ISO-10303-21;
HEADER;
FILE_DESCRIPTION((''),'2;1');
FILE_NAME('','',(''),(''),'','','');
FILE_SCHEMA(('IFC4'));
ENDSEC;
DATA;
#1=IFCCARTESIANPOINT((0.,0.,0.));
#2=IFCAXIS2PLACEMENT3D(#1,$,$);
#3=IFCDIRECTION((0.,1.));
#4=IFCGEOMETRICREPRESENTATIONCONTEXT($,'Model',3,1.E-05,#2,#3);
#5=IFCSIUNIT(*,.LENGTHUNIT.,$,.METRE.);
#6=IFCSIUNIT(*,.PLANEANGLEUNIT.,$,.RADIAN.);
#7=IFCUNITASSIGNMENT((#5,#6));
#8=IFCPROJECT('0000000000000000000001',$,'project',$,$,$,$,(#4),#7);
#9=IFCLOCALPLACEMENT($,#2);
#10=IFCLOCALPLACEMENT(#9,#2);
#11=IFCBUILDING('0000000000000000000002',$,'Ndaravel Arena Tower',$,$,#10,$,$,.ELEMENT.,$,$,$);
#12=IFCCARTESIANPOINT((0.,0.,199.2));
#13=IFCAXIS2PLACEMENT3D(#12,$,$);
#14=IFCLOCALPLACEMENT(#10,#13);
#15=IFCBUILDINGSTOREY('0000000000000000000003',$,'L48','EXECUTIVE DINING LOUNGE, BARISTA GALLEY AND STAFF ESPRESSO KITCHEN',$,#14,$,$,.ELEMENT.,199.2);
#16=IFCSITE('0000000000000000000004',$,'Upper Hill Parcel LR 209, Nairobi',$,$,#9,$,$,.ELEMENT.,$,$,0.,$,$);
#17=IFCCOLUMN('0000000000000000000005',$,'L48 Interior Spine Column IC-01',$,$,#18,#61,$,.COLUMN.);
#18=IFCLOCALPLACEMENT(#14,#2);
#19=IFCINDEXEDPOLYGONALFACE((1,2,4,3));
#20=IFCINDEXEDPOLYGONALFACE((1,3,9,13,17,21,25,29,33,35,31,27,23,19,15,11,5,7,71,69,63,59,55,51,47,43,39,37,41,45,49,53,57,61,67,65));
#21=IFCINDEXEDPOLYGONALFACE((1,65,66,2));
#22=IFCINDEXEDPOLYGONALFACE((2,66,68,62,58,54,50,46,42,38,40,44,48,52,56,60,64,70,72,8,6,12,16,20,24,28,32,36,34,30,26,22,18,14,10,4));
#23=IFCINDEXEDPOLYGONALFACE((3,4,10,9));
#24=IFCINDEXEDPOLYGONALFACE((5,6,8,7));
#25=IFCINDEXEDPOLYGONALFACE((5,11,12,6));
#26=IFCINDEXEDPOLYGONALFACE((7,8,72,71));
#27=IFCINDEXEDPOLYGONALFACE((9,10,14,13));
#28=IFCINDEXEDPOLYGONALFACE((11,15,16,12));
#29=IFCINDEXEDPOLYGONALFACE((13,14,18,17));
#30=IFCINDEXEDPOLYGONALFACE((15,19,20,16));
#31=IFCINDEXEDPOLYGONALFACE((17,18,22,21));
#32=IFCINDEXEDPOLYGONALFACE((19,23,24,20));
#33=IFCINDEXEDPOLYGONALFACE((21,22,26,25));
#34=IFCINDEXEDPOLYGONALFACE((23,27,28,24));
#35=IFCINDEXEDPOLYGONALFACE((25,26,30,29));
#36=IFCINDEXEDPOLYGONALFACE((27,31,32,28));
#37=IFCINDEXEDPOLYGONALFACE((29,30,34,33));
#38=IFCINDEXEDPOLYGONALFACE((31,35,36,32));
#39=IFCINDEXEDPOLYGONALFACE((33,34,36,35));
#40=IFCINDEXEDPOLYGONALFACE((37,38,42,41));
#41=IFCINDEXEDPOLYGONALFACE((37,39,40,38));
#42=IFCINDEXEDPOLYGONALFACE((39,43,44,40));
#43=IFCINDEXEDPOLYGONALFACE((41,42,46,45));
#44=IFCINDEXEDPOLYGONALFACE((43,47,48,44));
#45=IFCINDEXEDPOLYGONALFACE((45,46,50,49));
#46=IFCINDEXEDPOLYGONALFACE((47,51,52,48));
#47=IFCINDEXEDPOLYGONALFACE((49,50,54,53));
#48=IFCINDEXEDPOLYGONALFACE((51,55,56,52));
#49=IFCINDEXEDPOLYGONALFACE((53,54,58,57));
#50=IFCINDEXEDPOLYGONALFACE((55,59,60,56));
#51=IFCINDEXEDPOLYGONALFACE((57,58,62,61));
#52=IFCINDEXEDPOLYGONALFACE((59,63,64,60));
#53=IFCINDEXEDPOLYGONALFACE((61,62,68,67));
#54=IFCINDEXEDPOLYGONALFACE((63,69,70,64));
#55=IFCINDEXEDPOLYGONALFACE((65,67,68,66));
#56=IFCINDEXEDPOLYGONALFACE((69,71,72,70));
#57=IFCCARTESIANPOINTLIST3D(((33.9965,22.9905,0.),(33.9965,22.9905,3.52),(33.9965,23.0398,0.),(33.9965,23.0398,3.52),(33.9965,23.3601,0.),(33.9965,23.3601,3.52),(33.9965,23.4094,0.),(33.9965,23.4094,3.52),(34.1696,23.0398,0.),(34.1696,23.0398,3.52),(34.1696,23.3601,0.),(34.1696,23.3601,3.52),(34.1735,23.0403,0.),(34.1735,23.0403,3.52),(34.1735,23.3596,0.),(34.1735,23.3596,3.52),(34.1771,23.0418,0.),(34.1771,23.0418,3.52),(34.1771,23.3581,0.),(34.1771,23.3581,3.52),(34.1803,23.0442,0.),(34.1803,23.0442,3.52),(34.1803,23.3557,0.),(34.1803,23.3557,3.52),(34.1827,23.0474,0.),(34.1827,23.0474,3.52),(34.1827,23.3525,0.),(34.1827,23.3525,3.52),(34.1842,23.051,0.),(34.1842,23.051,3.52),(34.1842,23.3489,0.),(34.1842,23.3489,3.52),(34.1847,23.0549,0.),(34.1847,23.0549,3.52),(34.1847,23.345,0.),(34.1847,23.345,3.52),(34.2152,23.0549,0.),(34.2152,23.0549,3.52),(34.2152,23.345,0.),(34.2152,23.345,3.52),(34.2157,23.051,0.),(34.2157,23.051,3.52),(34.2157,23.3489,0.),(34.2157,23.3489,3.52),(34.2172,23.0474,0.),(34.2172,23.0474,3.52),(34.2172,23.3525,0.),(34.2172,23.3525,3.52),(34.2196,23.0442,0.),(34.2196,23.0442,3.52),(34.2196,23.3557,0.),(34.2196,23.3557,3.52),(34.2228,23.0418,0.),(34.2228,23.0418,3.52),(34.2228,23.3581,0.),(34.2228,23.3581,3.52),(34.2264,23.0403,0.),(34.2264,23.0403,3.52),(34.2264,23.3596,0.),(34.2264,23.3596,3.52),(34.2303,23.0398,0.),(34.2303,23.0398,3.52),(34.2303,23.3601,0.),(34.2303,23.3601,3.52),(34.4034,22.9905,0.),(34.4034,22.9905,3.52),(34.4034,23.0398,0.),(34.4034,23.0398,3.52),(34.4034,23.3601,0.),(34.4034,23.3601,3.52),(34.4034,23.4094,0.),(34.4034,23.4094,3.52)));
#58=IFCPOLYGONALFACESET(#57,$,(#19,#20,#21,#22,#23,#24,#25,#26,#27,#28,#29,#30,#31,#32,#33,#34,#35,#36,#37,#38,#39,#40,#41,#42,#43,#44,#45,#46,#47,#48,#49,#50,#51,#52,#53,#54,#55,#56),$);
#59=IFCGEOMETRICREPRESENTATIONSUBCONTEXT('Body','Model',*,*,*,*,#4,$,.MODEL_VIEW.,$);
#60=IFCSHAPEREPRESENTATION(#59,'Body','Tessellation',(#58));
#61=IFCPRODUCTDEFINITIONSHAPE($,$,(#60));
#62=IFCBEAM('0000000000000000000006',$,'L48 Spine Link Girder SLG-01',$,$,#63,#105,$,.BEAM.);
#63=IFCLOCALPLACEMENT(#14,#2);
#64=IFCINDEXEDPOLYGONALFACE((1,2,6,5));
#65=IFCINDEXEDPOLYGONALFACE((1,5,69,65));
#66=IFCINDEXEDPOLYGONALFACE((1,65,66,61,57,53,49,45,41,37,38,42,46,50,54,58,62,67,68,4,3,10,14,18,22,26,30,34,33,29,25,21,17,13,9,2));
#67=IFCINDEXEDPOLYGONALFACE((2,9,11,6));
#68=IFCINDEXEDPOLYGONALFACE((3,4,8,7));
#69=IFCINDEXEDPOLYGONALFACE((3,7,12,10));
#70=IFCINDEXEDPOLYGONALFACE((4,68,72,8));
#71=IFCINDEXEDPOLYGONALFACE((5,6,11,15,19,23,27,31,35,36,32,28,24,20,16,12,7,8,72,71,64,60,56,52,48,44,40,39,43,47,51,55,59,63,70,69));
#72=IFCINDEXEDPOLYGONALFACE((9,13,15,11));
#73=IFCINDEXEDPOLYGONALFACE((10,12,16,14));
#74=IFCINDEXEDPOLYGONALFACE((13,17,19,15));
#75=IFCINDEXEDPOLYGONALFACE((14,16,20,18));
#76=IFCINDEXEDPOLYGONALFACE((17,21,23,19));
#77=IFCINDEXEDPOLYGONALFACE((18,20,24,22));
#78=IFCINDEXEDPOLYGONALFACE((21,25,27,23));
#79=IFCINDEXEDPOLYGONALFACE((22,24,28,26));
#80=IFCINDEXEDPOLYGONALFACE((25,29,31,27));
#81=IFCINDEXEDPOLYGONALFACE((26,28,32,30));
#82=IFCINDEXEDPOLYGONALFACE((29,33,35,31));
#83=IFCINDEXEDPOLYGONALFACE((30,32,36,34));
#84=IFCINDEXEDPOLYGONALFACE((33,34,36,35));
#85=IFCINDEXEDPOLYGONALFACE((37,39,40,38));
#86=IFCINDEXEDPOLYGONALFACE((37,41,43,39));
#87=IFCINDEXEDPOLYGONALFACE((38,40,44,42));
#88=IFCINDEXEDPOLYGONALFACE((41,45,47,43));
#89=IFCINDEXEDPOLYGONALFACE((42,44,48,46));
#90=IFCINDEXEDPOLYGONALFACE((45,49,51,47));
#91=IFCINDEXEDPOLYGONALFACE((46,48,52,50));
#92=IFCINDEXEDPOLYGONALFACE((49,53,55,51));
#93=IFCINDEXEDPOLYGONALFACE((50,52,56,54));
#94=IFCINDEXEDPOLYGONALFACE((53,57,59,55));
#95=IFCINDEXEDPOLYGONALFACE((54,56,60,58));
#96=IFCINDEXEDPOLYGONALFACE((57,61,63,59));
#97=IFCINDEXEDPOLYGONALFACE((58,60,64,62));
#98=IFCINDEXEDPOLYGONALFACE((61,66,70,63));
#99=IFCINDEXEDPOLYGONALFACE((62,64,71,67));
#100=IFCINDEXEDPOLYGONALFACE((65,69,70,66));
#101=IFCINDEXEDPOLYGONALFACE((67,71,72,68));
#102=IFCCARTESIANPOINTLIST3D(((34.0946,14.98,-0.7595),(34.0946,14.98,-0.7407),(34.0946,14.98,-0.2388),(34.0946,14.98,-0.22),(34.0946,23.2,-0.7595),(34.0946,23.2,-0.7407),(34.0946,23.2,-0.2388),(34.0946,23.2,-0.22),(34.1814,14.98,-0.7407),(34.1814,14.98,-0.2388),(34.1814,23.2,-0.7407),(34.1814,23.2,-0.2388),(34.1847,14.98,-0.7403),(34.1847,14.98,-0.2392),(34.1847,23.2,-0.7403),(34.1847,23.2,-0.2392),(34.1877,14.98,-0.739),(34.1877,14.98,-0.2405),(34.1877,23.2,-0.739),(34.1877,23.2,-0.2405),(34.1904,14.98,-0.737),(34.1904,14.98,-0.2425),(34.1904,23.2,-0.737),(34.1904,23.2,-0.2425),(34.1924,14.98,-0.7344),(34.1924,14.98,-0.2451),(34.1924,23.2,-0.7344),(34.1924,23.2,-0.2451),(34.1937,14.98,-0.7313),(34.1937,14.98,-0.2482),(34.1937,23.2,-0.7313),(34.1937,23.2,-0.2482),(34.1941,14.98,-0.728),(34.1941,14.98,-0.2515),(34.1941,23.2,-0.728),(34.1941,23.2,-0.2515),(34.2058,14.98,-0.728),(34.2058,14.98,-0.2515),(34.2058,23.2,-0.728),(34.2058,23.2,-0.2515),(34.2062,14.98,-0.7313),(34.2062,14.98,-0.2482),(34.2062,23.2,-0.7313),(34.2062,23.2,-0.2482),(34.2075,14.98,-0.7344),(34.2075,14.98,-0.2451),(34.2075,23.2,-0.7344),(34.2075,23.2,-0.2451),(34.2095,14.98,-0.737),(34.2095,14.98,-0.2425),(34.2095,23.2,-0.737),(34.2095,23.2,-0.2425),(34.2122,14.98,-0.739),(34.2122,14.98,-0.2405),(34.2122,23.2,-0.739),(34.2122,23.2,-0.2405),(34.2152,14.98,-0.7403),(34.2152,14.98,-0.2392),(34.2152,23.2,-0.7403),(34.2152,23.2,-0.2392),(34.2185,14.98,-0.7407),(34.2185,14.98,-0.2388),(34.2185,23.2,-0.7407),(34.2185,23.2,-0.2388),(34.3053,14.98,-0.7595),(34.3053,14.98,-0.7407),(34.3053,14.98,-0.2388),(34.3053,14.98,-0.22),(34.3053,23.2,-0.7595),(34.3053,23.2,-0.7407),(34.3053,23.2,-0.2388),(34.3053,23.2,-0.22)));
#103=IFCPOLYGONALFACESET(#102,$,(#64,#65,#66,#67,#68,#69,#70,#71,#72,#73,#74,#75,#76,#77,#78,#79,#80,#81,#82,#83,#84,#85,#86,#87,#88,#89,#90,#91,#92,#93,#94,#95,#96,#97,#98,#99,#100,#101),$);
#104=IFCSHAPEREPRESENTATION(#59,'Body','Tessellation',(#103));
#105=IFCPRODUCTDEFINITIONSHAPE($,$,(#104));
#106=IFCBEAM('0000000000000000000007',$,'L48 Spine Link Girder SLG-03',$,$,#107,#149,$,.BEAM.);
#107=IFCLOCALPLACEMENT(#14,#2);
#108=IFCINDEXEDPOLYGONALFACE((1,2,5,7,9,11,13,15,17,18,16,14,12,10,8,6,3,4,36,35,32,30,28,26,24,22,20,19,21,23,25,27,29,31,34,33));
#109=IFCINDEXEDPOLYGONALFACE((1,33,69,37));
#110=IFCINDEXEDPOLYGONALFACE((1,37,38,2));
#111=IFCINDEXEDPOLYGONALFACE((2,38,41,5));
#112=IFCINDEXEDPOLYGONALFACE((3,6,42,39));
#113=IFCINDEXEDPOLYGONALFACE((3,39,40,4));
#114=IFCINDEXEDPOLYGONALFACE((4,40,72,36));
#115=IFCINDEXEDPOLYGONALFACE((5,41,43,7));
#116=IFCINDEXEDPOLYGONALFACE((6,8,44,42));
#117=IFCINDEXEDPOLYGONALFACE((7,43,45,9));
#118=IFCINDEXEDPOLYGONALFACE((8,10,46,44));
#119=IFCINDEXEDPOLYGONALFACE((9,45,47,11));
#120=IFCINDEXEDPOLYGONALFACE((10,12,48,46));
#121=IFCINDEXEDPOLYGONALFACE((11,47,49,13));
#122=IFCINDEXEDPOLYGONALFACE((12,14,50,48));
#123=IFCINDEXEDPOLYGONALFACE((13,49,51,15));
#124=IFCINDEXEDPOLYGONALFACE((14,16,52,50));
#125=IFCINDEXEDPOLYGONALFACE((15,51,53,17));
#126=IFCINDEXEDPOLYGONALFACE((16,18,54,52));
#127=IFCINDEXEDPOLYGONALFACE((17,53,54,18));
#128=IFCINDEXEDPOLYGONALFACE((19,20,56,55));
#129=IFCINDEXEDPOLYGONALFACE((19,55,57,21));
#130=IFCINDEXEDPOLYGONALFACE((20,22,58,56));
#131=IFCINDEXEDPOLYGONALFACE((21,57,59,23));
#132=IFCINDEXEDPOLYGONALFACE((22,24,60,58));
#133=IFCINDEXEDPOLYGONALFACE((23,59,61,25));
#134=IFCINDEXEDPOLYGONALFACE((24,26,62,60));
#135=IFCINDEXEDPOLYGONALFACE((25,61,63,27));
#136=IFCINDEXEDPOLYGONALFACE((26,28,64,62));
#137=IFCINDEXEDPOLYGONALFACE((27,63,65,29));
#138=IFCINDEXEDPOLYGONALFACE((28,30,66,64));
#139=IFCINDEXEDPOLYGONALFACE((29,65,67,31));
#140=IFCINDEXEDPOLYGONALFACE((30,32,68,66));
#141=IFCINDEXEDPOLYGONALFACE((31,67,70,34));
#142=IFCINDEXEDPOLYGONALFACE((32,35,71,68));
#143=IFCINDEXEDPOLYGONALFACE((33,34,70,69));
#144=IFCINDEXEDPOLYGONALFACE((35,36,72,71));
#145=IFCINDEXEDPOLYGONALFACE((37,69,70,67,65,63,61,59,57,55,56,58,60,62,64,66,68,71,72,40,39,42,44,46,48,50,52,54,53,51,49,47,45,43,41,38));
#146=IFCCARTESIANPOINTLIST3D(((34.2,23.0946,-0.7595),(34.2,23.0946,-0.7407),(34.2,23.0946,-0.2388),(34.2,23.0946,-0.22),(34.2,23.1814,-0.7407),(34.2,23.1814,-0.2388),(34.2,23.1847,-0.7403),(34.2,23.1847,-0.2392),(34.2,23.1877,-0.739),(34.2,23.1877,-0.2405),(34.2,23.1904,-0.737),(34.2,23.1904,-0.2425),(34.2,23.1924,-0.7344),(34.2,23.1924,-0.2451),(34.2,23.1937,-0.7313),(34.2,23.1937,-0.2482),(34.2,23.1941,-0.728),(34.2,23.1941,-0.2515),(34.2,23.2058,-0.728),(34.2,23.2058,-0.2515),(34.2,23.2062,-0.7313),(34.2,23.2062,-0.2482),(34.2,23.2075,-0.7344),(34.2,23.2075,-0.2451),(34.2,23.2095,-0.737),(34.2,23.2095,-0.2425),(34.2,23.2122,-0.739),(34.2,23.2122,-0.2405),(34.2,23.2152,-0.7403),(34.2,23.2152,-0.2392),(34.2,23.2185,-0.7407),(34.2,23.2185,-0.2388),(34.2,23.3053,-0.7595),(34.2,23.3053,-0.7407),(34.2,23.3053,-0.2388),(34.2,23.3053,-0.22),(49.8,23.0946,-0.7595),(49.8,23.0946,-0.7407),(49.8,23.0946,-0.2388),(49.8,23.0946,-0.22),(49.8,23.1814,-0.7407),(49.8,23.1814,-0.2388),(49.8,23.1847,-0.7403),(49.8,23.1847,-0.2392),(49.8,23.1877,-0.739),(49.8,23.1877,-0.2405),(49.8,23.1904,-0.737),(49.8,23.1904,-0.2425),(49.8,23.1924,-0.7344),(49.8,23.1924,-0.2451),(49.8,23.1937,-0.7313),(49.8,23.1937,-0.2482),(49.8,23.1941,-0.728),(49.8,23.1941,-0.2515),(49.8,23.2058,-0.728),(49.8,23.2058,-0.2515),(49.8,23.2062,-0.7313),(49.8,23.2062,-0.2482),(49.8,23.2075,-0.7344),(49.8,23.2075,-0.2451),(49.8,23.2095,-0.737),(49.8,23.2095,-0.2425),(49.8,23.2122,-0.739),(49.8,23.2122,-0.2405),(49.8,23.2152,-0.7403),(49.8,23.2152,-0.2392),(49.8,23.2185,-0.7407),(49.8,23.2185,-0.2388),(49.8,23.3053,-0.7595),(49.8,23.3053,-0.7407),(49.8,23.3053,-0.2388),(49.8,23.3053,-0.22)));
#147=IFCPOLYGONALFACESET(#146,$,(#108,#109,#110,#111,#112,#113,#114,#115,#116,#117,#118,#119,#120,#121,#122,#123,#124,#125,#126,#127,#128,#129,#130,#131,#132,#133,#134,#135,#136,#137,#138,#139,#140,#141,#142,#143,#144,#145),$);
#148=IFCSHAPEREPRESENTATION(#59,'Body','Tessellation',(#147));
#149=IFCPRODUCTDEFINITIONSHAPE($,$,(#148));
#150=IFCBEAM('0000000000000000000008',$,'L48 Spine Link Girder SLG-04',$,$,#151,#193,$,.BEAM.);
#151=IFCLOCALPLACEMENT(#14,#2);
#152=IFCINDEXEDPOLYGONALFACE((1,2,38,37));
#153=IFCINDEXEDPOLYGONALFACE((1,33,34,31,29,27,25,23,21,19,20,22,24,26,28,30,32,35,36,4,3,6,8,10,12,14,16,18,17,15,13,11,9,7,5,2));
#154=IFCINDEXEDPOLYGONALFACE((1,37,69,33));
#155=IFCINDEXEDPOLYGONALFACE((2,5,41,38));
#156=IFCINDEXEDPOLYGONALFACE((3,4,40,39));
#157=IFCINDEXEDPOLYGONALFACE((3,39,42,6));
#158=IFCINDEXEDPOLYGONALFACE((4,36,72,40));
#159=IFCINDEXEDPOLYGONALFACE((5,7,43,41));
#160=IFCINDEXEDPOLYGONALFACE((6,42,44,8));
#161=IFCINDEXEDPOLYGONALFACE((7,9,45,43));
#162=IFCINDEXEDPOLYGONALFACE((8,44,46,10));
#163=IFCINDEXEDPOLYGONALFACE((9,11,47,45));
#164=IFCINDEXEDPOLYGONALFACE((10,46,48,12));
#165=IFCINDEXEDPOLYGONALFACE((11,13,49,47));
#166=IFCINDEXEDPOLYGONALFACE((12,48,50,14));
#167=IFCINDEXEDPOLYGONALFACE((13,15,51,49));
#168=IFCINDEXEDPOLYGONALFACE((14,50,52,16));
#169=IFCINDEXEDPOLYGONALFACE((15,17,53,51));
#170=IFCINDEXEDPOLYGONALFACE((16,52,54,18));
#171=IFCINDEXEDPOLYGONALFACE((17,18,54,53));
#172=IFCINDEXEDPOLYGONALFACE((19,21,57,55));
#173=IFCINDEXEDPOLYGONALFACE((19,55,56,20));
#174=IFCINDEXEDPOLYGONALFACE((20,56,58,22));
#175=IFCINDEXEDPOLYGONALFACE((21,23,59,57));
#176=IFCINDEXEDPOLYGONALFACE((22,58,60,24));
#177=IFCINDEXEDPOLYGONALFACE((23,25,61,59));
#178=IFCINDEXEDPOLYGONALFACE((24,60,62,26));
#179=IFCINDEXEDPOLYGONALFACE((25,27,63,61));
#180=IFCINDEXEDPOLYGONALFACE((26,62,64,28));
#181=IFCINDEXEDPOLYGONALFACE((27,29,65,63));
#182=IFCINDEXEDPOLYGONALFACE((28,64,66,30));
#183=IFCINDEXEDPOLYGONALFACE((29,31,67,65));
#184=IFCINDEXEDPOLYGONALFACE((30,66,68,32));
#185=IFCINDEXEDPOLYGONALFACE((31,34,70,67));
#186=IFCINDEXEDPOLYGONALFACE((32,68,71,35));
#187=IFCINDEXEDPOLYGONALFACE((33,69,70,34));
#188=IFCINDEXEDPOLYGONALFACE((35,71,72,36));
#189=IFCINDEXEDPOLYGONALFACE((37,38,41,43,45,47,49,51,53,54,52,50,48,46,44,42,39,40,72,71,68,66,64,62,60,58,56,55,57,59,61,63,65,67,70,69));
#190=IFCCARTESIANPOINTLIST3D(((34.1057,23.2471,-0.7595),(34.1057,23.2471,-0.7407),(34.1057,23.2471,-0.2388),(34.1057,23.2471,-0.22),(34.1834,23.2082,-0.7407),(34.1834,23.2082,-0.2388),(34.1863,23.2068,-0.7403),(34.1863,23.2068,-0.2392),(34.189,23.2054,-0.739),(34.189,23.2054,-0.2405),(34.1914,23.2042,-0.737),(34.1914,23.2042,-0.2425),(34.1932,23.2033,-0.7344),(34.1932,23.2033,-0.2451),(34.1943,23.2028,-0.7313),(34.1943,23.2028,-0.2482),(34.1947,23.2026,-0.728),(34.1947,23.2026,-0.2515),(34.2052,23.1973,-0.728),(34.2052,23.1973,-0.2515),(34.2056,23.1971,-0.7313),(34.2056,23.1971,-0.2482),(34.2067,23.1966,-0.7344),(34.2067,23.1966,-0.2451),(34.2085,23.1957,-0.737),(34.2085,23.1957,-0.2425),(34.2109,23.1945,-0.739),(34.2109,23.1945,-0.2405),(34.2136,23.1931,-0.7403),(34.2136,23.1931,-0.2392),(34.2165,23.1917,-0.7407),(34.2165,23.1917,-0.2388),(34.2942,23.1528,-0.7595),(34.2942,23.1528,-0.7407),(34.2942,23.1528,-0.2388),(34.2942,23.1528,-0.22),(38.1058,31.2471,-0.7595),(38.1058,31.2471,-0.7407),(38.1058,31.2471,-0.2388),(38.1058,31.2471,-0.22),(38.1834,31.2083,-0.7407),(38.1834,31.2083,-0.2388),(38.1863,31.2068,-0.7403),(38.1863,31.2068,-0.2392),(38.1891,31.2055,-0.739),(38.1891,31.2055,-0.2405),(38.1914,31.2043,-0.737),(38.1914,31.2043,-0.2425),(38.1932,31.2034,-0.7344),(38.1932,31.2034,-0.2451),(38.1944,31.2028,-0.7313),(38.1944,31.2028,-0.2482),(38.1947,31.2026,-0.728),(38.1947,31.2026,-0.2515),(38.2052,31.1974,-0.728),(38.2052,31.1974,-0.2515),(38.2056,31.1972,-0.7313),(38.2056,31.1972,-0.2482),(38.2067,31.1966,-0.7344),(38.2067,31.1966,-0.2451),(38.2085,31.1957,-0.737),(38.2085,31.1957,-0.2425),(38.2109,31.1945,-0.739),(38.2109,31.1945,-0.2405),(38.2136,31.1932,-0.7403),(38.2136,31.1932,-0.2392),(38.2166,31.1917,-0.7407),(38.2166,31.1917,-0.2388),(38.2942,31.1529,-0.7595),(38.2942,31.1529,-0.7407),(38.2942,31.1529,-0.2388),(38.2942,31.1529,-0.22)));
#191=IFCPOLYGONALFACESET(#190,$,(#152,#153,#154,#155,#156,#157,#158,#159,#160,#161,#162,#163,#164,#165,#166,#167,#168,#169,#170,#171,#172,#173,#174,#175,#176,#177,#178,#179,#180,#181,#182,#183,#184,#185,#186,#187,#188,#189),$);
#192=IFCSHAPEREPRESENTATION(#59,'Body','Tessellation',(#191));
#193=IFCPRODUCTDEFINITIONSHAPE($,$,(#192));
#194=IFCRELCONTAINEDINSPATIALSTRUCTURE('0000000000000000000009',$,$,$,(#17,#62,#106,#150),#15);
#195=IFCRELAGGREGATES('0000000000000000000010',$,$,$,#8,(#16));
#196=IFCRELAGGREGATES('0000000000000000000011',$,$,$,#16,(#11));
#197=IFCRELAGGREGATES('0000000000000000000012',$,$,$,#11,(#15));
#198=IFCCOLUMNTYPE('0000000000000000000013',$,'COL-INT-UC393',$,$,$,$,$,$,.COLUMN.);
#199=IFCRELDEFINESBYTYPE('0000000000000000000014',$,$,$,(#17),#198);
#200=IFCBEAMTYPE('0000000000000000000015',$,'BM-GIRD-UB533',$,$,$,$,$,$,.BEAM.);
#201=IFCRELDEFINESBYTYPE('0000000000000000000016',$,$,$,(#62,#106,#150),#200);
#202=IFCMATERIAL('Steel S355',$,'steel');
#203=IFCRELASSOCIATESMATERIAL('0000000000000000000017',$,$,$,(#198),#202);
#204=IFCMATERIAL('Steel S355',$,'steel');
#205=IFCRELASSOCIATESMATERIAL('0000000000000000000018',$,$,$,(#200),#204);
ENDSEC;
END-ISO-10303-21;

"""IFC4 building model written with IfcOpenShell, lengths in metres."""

from ifc_helpers import new_model, si_unit, direction, frame, origin, origin_2d, place, context, subcontext, project, spatial, i_section, extrude, material, material_profile, profile_set, type_object, element, save


model = new_model("IFC4")

# Units and contexts
model_context = context("Model", 3, precision=1e-05, world=origin(), true_north=direction((0.0, 1.0)))
body_context = subcontext(model_context, "Body", "Model", "MODEL_VIEW")
ifc_project = project(units=[si_unit("LENGTHUNIT", "METRE"), si_unit("PLANEANGLEUNIT", "RADIAN")], contexts=[model_context])

# Site, building, storey
site_placement = place(None, origin())
site = spatial("IfcSite", under=ifc_project, at=site_placement, Name="Upper Hill Parcel LR 209, Nairobi", CompositionType="ELEMENT", RefElevation=0.0)
building_placement = place(site_placement, origin())
building = spatial("IfcBuilding", under=site, at=building_placement, Name="Ndaravel Arena Tower", CompositionType="ELEMENT")
storey_placement = place(building_placement, frame((0.0, 0.0, 199.2)))
storey = spatial("IfcBuildingStorey", under=building, at=storey_placement, Name="L48", Description="EXECUTIVE DINING LOUNGE, BARISTA GALLEY AND STAFF ESPRESSO KITCHEN", CompositionType="ELEMENT", Elevation=199.2)

# Column
ifc_material_1 = material(Name="Steel S355", Category="steel")
ifc_material_profile_1 = material_profile(ifc_material_1, i_section(OverallWidth=0.407, OverallDepth=0.4189, WebThickness=0.0305, FlangeThickness=0.0493, FilletRadius=0.0151, at=origin_2d()), Name="UC 356x406x393")
ifc_profile_set_1 = profile_set([ifc_material_profile_1], Name="Steel S355")
column_type = type_object("IfcColumnType", Name="COL-INT-UC393", PredefinedType="COLUMN", material=ifc_profile_set_1)
column_placement = place(storey_placement, frame((34.2, 23.2, 0.0), z_axis=(0.0, 0.0, 1.0), x_axis=(1.0, 0.0, 0.0)))
element("IfcColumn", 1, at=column_placement, inside=storey, type_object=column_type, Name="L48 Interior Spine Column IC-01", PredefinedType="COLUMN", context=body_context, shape_type="SweptSolid", body=[
    extrude(i_section(OverallWidth=0.407, OverallDepth=0.4189, WebThickness=0.0305, FlangeThickness=0.0493, FilletRadius=0.0151, at=origin_2d()), origin(), (0.0, 0.0, 1.0), 3.52),
])

# Beams
ifc_material_2 = material(Name="Steel S355", Category="steel")
ifc_material_profile_2 = material_profile(ifc_material_2, i_section(OverallWidth=0.2107, OverallDepth=0.5396, WebThickness=0.0117, FlangeThickness=0.0188, FilletRadius=0.0127, at=origin_2d()), Name="UB 533x210x109")
ifc_profile_set_2 = profile_set([ifc_material_profile_2], Name="Steel S355")
beam_type = type_object("IfcBeamType", Name="BM-GIRD-UB533", PredefinedType="BEAM", material=ifc_profile_set_2)
beam_1_placement = place(storey_placement, frame((34.2, 14.98, -0.4897), z_axis=(0.0, 1.0, 0.0), x_axis=(-1.0, 0.0, 0.0)))
element("IfcBeam", 2, at=beam_1_placement, inside=storey, type_object=beam_type, Name="L48 Spine Link Girder SLG-01", PredefinedType="BEAM", context=body_context, shape_type="SweptSolid", body=[
    extrude(i_section(OverallWidth=0.2107, OverallDepth=0.5396, WebThickness=0.0117, FlangeThickness=0.0188, FilletRadius=0.0127, at=origin_2d()), origin(), (0.0, 0.0, 1.0), 8.22),
])
beam_2_placement = place(storey_placement, frame((34.2, 23.2, -0.4897), z_axis=(1.0, 0.0, 0.0), x_axis=(0.0, 1.0, 0.0)))
element("IfcBeam", 3, at=beam_2_placement, inside=storey, type_object=beam_type, Name="L48 Spine Link Girder SLG-03", PredefinedType="BEAM", context=body_context, shape_type="SweptSolid", body=[
    extrude(i_section(OverallWidth=0.2107, OverallDepth=0.5396, WebThickness=0.0117, FlangeThickness=0.0188, FilletRadius=0.0127, at=origin_2d()), origin(), (0.0, 0.0, 1.0), 15.6001),
])
beam_3_placement = place(storey_placement, frame((34.2, 23.2, -0.4897), z_axis=(0.447214, 0.894427, 0.0), x_axis=(-0.894427, 0.447214, 0.0)))
element("IfcBeam", 4, at=beam_3_placement, inside=storey, type_object=beam_type, Name="L48 Spine Link Girder SLG-04", PredefinedType="BEAM", context=body_context, shape_type="SweptSolid", body=[
    extrude(i_section(OverallWidth=0.2107, OverallDepth=0.5396, WebThickness=0.0117, FlangeThickness=0.0188, FilletRadius=0.0127, at=origin_2d()), origin(), (0.0, 0.0, 1.0), 8.9443),
])

save(model, "model.ifc")
